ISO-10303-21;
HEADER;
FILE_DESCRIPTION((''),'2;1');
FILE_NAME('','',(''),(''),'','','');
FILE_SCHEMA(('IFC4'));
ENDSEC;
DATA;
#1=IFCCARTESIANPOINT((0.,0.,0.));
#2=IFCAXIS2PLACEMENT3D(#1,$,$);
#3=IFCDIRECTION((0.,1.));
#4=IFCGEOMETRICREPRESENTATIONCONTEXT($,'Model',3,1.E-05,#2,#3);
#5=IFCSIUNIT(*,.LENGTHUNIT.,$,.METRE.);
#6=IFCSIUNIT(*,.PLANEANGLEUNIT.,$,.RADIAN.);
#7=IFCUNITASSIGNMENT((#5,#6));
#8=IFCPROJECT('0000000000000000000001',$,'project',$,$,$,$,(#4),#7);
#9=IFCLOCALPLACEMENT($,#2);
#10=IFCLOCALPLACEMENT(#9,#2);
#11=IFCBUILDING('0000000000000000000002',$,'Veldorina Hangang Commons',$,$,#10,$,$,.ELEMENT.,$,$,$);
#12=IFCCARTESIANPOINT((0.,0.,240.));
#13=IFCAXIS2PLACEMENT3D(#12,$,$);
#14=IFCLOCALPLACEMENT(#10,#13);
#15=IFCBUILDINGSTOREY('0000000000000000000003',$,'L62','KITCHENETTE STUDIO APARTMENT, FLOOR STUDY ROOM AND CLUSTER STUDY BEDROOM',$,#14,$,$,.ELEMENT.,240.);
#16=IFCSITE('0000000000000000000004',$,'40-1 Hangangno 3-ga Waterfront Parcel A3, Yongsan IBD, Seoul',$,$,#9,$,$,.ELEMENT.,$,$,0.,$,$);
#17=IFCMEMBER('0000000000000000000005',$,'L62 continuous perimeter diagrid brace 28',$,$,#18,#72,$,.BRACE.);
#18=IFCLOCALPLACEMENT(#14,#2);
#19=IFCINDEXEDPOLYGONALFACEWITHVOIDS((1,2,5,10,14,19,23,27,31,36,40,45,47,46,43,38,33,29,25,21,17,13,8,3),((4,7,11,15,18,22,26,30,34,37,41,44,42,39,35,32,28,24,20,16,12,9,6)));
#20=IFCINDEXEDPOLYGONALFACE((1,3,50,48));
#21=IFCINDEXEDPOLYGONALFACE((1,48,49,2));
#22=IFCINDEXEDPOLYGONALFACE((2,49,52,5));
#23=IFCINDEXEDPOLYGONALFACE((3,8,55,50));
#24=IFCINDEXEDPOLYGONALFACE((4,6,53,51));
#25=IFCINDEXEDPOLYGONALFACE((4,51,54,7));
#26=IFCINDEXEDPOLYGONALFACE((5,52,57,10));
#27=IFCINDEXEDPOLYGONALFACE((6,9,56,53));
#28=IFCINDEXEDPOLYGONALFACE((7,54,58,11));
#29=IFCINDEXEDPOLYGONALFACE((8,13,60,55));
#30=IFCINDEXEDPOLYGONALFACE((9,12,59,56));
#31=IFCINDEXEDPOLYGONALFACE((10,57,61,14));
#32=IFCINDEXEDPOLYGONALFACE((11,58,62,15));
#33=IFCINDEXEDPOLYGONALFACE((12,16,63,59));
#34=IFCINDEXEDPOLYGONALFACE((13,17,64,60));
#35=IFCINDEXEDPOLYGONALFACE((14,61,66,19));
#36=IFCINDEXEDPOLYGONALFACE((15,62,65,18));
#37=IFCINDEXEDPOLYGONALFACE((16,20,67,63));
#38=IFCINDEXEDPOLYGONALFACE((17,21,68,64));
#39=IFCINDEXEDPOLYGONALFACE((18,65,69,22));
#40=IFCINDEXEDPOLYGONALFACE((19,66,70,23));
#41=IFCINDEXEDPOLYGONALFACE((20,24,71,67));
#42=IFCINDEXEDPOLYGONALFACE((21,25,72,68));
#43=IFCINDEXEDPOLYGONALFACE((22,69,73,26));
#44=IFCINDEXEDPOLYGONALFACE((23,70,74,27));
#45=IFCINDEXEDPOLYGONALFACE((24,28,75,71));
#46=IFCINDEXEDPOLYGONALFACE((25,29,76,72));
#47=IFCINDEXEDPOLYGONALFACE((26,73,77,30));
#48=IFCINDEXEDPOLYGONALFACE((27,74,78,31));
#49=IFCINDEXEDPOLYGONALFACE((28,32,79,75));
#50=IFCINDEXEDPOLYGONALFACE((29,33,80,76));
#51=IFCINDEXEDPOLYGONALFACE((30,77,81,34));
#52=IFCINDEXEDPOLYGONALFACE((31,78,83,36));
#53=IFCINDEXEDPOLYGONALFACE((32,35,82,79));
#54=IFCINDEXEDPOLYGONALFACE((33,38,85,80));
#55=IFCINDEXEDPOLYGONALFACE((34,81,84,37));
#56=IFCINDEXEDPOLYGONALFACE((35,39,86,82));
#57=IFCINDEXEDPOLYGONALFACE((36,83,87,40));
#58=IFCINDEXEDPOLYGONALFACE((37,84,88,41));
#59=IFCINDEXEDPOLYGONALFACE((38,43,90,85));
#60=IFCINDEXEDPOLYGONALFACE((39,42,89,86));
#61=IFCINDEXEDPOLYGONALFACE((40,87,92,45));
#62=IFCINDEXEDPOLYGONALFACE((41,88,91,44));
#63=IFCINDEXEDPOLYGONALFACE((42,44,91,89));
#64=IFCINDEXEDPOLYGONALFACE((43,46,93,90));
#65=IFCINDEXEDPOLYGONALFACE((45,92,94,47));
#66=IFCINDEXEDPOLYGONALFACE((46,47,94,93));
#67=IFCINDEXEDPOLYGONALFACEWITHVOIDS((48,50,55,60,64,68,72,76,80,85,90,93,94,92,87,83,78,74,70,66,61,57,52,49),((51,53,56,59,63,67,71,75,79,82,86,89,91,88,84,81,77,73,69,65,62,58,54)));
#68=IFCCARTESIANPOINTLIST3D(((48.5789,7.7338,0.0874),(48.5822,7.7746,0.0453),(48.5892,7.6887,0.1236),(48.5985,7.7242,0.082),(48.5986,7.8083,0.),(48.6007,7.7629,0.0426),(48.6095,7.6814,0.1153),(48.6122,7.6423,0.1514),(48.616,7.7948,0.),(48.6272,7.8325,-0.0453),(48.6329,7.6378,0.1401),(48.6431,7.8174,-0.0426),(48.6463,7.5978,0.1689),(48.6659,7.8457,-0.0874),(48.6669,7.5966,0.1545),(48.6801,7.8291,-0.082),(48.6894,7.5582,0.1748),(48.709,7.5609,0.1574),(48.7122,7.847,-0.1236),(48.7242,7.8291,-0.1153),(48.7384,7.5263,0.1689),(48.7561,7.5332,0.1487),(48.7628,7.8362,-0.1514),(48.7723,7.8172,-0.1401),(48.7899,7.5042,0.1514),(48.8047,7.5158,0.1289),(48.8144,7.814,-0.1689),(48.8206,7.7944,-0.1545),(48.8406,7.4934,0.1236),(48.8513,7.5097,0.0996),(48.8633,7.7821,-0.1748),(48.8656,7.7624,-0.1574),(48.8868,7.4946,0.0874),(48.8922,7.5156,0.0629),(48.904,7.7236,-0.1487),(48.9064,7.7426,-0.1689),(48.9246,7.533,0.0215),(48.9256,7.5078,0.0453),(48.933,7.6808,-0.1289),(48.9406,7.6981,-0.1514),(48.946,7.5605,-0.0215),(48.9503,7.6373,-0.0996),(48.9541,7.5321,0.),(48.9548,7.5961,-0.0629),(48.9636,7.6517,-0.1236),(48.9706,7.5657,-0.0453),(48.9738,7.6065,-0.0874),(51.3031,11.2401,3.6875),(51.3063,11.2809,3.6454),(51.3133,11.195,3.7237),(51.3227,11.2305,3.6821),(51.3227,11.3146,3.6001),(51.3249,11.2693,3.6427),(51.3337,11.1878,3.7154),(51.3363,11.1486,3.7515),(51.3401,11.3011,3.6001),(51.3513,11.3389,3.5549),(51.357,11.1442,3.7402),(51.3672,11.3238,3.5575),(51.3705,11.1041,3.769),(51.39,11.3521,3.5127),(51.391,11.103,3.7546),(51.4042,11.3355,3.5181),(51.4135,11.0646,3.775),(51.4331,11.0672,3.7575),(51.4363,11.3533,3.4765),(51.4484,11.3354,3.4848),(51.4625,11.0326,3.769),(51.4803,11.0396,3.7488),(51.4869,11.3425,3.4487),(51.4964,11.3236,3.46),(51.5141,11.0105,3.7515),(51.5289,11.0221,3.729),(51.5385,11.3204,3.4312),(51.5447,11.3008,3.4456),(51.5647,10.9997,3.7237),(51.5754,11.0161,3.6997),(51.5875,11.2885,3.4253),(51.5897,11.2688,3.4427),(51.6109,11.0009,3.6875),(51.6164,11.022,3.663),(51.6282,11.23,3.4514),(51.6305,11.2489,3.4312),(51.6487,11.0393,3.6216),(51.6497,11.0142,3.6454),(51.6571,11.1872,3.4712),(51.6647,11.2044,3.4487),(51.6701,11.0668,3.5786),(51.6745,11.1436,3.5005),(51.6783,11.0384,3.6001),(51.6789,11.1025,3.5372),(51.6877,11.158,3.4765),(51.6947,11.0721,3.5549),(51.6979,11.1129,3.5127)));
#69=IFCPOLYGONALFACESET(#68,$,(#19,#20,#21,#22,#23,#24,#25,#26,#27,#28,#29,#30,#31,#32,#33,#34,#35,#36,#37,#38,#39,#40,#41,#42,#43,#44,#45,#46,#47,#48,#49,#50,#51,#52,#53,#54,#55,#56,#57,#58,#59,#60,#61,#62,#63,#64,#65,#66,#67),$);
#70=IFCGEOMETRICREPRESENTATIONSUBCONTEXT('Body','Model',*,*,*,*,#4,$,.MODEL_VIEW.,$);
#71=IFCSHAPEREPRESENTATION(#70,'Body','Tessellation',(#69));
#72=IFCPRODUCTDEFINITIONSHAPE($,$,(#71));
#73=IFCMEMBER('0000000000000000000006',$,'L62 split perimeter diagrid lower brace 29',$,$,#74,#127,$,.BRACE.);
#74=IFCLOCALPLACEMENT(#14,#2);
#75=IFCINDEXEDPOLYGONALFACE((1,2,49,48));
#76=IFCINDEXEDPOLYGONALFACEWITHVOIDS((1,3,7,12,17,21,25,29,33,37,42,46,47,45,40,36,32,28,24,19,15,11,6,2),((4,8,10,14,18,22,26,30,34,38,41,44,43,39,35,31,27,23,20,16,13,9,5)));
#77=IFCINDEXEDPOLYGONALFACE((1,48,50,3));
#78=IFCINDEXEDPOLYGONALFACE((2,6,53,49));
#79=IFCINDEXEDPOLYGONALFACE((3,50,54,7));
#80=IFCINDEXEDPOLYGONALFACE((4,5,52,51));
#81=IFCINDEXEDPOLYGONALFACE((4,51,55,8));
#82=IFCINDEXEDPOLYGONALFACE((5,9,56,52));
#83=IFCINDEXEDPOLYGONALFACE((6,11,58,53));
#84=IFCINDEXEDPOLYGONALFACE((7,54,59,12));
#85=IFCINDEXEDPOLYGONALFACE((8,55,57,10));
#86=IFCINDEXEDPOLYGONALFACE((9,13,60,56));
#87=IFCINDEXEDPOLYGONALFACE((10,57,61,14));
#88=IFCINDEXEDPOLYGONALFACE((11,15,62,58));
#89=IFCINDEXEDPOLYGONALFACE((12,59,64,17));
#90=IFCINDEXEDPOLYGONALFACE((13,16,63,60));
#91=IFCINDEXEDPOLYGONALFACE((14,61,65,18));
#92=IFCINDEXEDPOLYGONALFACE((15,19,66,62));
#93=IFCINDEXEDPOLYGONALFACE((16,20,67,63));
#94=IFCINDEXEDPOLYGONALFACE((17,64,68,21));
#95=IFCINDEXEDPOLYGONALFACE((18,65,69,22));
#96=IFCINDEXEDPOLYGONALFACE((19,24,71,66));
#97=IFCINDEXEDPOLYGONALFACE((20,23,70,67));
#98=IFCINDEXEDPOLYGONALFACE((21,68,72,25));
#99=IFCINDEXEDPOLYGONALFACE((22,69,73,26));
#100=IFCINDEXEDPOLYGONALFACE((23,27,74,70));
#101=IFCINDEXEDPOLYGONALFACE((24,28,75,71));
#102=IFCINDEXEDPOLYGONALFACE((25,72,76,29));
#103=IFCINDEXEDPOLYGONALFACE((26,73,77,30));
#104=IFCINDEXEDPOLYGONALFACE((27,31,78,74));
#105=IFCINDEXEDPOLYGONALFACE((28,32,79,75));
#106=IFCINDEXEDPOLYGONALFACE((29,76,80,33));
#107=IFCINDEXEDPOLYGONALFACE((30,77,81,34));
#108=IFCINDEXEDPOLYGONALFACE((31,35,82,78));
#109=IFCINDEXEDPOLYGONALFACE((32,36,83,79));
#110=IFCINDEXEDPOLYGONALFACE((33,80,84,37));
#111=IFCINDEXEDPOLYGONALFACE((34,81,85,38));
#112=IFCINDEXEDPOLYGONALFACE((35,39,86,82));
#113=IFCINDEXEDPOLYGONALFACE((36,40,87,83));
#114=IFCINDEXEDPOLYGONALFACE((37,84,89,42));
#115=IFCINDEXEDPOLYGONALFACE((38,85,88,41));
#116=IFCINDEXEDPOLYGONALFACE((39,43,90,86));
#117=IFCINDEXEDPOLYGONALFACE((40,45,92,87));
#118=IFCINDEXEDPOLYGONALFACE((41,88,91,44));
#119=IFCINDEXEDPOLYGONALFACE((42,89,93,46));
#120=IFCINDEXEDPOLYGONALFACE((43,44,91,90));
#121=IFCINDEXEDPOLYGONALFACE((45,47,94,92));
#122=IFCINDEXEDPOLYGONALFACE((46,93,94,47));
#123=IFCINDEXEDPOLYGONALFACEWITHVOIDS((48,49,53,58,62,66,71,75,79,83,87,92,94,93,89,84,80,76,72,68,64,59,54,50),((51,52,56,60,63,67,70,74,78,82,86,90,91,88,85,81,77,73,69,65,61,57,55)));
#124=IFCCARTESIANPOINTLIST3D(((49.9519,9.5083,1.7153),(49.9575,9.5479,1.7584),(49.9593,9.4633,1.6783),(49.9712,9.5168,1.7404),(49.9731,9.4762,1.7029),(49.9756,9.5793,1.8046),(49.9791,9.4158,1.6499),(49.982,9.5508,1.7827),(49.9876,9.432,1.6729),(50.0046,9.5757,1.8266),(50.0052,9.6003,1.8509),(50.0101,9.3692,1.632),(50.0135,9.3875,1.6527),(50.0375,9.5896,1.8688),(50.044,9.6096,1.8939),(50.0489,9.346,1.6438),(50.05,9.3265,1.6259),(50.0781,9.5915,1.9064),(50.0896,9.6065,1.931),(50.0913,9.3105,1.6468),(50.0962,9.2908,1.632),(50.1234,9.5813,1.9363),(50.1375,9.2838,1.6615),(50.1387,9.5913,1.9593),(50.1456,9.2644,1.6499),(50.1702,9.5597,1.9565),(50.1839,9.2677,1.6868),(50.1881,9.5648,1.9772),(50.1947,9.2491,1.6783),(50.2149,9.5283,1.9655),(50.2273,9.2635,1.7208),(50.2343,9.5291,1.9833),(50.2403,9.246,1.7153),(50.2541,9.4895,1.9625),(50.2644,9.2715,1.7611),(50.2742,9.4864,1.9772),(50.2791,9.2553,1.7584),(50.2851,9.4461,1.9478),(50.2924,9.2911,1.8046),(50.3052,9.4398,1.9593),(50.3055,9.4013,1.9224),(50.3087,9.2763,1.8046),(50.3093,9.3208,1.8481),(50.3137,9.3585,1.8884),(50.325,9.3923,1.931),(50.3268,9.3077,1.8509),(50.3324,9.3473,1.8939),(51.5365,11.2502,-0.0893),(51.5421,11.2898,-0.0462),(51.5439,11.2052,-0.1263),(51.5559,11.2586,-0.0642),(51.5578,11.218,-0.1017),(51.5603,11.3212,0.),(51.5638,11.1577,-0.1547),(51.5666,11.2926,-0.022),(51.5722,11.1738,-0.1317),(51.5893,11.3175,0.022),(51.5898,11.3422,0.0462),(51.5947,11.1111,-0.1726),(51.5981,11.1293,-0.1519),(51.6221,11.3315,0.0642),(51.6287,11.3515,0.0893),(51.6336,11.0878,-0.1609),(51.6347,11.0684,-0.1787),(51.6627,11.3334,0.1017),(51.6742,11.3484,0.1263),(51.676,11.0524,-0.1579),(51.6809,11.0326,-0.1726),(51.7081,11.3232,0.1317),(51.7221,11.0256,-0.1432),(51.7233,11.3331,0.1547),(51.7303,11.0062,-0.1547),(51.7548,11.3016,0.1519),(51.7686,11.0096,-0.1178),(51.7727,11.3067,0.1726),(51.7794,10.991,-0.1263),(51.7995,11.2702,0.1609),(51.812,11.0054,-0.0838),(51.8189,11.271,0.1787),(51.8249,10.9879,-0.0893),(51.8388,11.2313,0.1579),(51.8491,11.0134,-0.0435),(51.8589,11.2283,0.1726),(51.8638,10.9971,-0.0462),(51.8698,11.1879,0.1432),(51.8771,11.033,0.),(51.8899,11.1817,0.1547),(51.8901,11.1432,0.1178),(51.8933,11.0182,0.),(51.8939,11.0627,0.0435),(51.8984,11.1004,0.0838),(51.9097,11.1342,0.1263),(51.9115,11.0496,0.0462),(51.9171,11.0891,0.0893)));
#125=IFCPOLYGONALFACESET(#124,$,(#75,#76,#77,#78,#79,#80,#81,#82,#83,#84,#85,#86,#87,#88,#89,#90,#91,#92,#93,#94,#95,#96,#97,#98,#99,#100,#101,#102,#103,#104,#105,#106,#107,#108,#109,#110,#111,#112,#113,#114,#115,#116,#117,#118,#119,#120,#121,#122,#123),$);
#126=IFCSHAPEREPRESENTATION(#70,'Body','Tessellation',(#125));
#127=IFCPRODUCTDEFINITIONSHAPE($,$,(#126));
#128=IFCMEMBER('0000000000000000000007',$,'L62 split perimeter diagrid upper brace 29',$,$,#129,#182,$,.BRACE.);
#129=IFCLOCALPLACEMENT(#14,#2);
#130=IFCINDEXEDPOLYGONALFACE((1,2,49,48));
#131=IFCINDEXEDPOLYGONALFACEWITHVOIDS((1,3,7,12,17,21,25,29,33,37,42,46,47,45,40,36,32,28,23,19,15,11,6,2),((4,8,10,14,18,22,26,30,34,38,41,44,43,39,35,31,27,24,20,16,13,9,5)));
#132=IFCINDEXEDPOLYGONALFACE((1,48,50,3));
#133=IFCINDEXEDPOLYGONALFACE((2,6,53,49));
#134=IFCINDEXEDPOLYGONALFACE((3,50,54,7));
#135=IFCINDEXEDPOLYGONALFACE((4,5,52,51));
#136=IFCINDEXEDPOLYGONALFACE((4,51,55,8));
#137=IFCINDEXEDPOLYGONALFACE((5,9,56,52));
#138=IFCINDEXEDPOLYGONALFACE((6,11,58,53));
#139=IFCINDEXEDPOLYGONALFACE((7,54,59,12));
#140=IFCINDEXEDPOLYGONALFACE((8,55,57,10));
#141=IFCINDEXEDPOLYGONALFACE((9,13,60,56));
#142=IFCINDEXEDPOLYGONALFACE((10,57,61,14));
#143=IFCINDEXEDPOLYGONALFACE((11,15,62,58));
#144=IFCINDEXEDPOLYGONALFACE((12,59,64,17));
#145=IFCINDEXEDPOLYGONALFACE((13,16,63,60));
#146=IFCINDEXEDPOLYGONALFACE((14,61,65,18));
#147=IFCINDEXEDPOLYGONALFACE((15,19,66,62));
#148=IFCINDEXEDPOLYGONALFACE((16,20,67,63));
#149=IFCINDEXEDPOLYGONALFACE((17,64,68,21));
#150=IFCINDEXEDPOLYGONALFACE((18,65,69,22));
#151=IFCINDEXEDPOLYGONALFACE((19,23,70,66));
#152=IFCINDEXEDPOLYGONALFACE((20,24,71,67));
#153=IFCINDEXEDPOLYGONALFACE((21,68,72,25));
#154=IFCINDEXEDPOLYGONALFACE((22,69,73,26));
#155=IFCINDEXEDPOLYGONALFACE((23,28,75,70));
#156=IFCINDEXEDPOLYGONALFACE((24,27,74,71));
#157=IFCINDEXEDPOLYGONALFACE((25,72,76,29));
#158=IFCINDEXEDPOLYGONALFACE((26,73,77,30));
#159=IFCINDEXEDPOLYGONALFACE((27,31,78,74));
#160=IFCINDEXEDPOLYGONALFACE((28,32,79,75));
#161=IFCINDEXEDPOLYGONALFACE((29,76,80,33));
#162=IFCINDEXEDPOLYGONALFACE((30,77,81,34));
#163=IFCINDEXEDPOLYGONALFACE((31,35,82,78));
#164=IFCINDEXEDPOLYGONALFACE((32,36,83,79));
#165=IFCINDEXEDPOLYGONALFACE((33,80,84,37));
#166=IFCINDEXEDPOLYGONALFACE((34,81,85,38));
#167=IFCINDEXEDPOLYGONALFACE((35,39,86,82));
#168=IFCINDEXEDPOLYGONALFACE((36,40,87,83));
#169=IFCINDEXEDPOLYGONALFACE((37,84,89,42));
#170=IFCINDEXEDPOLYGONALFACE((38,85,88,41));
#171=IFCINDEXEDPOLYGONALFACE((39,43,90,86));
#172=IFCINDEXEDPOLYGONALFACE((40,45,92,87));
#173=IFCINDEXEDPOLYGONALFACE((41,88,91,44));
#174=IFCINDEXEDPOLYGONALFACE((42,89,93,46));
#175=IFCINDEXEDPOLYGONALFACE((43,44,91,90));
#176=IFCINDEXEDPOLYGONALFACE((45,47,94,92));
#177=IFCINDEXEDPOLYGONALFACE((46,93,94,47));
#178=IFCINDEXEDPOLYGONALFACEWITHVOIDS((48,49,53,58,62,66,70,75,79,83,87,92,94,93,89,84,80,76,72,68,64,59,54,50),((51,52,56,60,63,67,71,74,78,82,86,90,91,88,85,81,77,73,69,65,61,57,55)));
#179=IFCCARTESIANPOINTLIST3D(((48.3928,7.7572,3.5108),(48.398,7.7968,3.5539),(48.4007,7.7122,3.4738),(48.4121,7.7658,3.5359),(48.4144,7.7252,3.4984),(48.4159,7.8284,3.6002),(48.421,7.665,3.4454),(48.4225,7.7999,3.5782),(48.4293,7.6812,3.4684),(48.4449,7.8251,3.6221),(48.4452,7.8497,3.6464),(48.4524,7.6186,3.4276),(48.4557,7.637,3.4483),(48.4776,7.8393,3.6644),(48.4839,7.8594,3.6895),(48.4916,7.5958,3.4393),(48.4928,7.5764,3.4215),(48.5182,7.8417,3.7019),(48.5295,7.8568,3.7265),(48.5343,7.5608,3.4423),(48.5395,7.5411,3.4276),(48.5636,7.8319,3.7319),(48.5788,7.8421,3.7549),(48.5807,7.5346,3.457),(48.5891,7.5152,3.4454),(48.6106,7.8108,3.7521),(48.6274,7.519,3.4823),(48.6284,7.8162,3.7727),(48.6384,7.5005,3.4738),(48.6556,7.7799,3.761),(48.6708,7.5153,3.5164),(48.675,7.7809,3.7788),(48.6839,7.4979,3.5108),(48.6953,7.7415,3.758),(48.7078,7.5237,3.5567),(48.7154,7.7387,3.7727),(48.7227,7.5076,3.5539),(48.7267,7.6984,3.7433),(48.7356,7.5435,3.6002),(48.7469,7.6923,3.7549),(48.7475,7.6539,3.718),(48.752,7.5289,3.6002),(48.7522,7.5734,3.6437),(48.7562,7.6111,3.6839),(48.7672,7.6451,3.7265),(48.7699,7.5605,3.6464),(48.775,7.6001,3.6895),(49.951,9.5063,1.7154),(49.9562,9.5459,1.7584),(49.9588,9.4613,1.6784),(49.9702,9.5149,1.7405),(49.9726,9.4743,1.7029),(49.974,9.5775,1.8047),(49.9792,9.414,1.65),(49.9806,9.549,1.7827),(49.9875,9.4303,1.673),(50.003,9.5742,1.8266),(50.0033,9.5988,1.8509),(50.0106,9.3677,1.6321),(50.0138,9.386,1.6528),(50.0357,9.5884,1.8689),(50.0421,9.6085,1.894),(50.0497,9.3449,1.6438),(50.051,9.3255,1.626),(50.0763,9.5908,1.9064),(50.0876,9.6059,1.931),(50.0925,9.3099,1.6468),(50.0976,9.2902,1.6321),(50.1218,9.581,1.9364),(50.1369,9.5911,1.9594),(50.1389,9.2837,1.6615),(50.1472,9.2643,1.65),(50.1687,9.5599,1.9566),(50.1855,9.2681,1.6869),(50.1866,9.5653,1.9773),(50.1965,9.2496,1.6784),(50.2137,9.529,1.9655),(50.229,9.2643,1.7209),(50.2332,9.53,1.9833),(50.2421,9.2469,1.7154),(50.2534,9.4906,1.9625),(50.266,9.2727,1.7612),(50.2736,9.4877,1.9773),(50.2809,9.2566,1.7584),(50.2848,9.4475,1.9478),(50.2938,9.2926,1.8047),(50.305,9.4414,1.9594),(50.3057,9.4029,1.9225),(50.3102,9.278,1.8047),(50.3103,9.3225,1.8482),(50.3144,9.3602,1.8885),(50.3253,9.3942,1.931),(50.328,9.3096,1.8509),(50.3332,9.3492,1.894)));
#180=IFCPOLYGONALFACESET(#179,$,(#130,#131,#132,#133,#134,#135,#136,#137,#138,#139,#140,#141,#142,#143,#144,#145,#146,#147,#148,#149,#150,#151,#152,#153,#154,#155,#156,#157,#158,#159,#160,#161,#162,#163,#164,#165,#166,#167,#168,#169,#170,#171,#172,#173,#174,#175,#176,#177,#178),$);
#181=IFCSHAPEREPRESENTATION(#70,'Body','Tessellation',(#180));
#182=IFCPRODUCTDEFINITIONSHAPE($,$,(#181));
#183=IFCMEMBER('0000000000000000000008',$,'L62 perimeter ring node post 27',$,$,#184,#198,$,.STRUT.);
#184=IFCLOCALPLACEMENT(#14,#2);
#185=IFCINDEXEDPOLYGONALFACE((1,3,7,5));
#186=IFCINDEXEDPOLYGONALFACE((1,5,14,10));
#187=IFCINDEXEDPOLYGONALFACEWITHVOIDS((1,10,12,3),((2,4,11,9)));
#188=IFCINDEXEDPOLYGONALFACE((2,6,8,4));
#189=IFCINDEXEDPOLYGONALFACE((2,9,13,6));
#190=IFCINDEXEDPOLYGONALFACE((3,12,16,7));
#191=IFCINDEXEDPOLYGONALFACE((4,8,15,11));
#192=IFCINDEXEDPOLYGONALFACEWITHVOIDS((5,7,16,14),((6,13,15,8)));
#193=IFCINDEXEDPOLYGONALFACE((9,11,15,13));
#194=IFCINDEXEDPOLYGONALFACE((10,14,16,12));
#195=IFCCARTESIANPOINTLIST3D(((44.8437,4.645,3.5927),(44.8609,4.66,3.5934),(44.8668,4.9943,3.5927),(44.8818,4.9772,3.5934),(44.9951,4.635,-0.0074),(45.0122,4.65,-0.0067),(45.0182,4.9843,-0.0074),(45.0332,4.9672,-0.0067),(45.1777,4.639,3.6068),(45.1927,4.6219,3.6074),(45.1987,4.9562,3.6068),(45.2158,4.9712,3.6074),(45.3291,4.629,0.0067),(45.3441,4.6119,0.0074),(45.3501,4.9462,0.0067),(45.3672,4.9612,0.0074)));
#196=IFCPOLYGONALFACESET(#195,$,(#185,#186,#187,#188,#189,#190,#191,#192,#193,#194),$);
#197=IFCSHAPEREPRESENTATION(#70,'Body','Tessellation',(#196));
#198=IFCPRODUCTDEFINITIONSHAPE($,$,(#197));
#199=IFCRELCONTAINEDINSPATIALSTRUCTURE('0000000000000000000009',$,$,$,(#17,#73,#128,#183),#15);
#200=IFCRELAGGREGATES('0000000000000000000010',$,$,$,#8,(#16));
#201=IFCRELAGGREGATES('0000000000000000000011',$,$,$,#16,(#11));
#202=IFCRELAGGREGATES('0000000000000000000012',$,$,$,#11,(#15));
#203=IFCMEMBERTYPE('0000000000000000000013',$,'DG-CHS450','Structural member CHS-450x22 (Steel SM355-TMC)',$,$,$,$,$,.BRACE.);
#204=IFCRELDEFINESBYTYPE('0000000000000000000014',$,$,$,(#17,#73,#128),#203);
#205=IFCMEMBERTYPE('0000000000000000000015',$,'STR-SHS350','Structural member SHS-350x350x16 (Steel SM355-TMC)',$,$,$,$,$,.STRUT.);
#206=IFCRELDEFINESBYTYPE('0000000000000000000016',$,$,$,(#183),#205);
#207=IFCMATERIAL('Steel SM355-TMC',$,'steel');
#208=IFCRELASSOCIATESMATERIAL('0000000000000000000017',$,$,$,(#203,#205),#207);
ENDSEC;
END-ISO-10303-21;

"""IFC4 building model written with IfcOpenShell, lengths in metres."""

from ifc_helpers import new_model, si_unit, direction, frame, origin, origin_2d, place, context, subcontext, project, spatial, hollow_rectangle, hollow_circle, extrude, material, material_profile, profile_set, type_object, element, save


model = new_model("IFC4")

# Units and contexts
model_context = context("Model", 3, precision=1e-05, world=origin(), true_north=direction((0.0, 1.0)))
body_context = subcontext(model_context, "Body", "Model", "MODEL_VIEW")
ifc_project = project(units=[si_unit("LENGTHUNIT", "METRE"), si_unit("PLANEANGLEUNIT", "RADIAN")], contexts=[model_context])

# Site, building, storey
site_placement = place(None, origin())
site = spatial("IfcSite", under=ifc_project, at=site_placement, Name="40-1 Hangangno 3-ga Waterfront Parcel A3, Yongsan IBD, Seoul", CompositionType="ELEMENT", RefElevation=0.0)
building_placement = place(site_placement, origin())
building = spatial("IfcBuilding", under=site, at=building_placement, Name="Veldorina Hangang Commons", CompositionType="ELEMENT")
storey_placement = place(building_placement, frame((0.0, 0.0, 240.0)))
storey = spatial("IfcBuildingStorey", under=building, at=storey_placement, Name="L62", Description="KITCHENETTE STUDIO APARTMENT, FLOOR STUDY ROOM AND CLUSTER STUDY BEDROOM", CompositionType="ELEMENT", Elevation=240.0)

# Shared definitions
ifc_material_1 = material(Name="Steel SM355-TMC", Category="steel")

# Members
ifc_material_profile_1 = material_profile(ifc_material_1, hollow_circle(Radius=0.2251, WallThickness=0.022, at=origin_2d()), Name="CHS-450x22")
ifc_profile_set_1 = profile_set([ifc_material_profile_1], Name="Steel SM355-TMC")
member_type_1 = type_object("IfcMemberType", Name="DG-CHS450", Description="Structural member CHS-450x22 (Steel SM355-TMC)", PredefinedType="BRACE", material=ifc_profile_set_1)
member_1_placement = place(storey_placement, frame((48.7764, 7.6702, 0.0), z_axis=(0.476554, 0.613395, 0.629796), x_axis=(-0.789684, 0.613514, 0.0)))
element("IfcMember", 1, at=member_1_placement, inside=storey, type_object=member_type_1, Name="L62 continuous perimeter diagrid brace 28", PredefinedType="BRACE", context=body_context, shape_type="SweptSolid", body=[
    extrude(hollow_circle(Radius=0.2251, WallThickness=0.022, at=origin_2d()), origin(), (0.0, 0.0, 1.0), 5.7163),
])
member_2_placement = place(storey_placement, frame((51.7268, 11.1697, 0.0), z_axis=(-0.534129, -0.587123, 0.60827), x_axis=(0.739701, -0.672936, 0.0)))
element("IfcMember", 2, at=member_2_placement, inside=storey, type_object=member_type_1, Name="L62 split perimeter diagrid lower brace 29", PredefinedType="BRACE", context=body_context, shape_type="SweptSolid", body=[
    extrude(hollow_circle(Radius=0.2251, WallThickness=0.022, at=origin_2d()), origin(), (0.0, 0.0, 1.0), 2.9668),
])
member_3_placement = place(storey_placement, frame((50.1421, 9.4277, 1.8047), z_axis=(-0.527936, -0.592625, 0.608342), x_axis=(0.746684, -0.665179, 0.0)))
element("IfcMember", 3, at=member_3_placement, inside=storey, type_object=member_type_1, Name="L62 split perimeter diagrid upper brace 29", PredefinedType="BRACE", context=body_context, shape_type="SweptSolid", body=[
    extrude(hollow_circle(Radius=0.2251, WallThickness=0.022, at=origin_2d()), origin(), (0.0, 0.0, 1.0), 2.9514),
])
ifc_material_profile_2 = material_profile(ifc_material_1, hollow_rectangle(XDim=0.3501, YDim=0.3501, WallThickness=0.0161, at=origin_2d()), Name="SHS-350x350x16")
ifc_profile_set_2 = profile_set([ifc_material_profile_2], Name="Steel SM355-TMC")
member_type_2 = type_object("IfcMemberType", Name="STR-SHS350", Description="Structural member SHS-350x350x16 (Steel SM355-TMC)", PredefinedType="STRUT", material=ifc_profile_set_2)
member_4_placement = place(storey_placement, frame((45.1812, 4.7981, 0.0), z_axis=(-0.042008, 0.002778, 0.999113), x_axis=(-0.065985, -0.997821, 0.0)))
element("IfcMember", 4, at=member_4_placement, inside=storey, type_object=member_type_2, Name="L62 perimeter ring node post 27", PredefinedType="STRUT", context=body_context, shape_type="SweptSolid", body=[
    extrude(hollow_rectangle(XDim=0.3501, YDim=0.3501, WallThickness=0.0161, at=origin_2d()), origin(), (0.0, 0.0, 1.0), 3.6033),
])

save(model, "model.ifc")
